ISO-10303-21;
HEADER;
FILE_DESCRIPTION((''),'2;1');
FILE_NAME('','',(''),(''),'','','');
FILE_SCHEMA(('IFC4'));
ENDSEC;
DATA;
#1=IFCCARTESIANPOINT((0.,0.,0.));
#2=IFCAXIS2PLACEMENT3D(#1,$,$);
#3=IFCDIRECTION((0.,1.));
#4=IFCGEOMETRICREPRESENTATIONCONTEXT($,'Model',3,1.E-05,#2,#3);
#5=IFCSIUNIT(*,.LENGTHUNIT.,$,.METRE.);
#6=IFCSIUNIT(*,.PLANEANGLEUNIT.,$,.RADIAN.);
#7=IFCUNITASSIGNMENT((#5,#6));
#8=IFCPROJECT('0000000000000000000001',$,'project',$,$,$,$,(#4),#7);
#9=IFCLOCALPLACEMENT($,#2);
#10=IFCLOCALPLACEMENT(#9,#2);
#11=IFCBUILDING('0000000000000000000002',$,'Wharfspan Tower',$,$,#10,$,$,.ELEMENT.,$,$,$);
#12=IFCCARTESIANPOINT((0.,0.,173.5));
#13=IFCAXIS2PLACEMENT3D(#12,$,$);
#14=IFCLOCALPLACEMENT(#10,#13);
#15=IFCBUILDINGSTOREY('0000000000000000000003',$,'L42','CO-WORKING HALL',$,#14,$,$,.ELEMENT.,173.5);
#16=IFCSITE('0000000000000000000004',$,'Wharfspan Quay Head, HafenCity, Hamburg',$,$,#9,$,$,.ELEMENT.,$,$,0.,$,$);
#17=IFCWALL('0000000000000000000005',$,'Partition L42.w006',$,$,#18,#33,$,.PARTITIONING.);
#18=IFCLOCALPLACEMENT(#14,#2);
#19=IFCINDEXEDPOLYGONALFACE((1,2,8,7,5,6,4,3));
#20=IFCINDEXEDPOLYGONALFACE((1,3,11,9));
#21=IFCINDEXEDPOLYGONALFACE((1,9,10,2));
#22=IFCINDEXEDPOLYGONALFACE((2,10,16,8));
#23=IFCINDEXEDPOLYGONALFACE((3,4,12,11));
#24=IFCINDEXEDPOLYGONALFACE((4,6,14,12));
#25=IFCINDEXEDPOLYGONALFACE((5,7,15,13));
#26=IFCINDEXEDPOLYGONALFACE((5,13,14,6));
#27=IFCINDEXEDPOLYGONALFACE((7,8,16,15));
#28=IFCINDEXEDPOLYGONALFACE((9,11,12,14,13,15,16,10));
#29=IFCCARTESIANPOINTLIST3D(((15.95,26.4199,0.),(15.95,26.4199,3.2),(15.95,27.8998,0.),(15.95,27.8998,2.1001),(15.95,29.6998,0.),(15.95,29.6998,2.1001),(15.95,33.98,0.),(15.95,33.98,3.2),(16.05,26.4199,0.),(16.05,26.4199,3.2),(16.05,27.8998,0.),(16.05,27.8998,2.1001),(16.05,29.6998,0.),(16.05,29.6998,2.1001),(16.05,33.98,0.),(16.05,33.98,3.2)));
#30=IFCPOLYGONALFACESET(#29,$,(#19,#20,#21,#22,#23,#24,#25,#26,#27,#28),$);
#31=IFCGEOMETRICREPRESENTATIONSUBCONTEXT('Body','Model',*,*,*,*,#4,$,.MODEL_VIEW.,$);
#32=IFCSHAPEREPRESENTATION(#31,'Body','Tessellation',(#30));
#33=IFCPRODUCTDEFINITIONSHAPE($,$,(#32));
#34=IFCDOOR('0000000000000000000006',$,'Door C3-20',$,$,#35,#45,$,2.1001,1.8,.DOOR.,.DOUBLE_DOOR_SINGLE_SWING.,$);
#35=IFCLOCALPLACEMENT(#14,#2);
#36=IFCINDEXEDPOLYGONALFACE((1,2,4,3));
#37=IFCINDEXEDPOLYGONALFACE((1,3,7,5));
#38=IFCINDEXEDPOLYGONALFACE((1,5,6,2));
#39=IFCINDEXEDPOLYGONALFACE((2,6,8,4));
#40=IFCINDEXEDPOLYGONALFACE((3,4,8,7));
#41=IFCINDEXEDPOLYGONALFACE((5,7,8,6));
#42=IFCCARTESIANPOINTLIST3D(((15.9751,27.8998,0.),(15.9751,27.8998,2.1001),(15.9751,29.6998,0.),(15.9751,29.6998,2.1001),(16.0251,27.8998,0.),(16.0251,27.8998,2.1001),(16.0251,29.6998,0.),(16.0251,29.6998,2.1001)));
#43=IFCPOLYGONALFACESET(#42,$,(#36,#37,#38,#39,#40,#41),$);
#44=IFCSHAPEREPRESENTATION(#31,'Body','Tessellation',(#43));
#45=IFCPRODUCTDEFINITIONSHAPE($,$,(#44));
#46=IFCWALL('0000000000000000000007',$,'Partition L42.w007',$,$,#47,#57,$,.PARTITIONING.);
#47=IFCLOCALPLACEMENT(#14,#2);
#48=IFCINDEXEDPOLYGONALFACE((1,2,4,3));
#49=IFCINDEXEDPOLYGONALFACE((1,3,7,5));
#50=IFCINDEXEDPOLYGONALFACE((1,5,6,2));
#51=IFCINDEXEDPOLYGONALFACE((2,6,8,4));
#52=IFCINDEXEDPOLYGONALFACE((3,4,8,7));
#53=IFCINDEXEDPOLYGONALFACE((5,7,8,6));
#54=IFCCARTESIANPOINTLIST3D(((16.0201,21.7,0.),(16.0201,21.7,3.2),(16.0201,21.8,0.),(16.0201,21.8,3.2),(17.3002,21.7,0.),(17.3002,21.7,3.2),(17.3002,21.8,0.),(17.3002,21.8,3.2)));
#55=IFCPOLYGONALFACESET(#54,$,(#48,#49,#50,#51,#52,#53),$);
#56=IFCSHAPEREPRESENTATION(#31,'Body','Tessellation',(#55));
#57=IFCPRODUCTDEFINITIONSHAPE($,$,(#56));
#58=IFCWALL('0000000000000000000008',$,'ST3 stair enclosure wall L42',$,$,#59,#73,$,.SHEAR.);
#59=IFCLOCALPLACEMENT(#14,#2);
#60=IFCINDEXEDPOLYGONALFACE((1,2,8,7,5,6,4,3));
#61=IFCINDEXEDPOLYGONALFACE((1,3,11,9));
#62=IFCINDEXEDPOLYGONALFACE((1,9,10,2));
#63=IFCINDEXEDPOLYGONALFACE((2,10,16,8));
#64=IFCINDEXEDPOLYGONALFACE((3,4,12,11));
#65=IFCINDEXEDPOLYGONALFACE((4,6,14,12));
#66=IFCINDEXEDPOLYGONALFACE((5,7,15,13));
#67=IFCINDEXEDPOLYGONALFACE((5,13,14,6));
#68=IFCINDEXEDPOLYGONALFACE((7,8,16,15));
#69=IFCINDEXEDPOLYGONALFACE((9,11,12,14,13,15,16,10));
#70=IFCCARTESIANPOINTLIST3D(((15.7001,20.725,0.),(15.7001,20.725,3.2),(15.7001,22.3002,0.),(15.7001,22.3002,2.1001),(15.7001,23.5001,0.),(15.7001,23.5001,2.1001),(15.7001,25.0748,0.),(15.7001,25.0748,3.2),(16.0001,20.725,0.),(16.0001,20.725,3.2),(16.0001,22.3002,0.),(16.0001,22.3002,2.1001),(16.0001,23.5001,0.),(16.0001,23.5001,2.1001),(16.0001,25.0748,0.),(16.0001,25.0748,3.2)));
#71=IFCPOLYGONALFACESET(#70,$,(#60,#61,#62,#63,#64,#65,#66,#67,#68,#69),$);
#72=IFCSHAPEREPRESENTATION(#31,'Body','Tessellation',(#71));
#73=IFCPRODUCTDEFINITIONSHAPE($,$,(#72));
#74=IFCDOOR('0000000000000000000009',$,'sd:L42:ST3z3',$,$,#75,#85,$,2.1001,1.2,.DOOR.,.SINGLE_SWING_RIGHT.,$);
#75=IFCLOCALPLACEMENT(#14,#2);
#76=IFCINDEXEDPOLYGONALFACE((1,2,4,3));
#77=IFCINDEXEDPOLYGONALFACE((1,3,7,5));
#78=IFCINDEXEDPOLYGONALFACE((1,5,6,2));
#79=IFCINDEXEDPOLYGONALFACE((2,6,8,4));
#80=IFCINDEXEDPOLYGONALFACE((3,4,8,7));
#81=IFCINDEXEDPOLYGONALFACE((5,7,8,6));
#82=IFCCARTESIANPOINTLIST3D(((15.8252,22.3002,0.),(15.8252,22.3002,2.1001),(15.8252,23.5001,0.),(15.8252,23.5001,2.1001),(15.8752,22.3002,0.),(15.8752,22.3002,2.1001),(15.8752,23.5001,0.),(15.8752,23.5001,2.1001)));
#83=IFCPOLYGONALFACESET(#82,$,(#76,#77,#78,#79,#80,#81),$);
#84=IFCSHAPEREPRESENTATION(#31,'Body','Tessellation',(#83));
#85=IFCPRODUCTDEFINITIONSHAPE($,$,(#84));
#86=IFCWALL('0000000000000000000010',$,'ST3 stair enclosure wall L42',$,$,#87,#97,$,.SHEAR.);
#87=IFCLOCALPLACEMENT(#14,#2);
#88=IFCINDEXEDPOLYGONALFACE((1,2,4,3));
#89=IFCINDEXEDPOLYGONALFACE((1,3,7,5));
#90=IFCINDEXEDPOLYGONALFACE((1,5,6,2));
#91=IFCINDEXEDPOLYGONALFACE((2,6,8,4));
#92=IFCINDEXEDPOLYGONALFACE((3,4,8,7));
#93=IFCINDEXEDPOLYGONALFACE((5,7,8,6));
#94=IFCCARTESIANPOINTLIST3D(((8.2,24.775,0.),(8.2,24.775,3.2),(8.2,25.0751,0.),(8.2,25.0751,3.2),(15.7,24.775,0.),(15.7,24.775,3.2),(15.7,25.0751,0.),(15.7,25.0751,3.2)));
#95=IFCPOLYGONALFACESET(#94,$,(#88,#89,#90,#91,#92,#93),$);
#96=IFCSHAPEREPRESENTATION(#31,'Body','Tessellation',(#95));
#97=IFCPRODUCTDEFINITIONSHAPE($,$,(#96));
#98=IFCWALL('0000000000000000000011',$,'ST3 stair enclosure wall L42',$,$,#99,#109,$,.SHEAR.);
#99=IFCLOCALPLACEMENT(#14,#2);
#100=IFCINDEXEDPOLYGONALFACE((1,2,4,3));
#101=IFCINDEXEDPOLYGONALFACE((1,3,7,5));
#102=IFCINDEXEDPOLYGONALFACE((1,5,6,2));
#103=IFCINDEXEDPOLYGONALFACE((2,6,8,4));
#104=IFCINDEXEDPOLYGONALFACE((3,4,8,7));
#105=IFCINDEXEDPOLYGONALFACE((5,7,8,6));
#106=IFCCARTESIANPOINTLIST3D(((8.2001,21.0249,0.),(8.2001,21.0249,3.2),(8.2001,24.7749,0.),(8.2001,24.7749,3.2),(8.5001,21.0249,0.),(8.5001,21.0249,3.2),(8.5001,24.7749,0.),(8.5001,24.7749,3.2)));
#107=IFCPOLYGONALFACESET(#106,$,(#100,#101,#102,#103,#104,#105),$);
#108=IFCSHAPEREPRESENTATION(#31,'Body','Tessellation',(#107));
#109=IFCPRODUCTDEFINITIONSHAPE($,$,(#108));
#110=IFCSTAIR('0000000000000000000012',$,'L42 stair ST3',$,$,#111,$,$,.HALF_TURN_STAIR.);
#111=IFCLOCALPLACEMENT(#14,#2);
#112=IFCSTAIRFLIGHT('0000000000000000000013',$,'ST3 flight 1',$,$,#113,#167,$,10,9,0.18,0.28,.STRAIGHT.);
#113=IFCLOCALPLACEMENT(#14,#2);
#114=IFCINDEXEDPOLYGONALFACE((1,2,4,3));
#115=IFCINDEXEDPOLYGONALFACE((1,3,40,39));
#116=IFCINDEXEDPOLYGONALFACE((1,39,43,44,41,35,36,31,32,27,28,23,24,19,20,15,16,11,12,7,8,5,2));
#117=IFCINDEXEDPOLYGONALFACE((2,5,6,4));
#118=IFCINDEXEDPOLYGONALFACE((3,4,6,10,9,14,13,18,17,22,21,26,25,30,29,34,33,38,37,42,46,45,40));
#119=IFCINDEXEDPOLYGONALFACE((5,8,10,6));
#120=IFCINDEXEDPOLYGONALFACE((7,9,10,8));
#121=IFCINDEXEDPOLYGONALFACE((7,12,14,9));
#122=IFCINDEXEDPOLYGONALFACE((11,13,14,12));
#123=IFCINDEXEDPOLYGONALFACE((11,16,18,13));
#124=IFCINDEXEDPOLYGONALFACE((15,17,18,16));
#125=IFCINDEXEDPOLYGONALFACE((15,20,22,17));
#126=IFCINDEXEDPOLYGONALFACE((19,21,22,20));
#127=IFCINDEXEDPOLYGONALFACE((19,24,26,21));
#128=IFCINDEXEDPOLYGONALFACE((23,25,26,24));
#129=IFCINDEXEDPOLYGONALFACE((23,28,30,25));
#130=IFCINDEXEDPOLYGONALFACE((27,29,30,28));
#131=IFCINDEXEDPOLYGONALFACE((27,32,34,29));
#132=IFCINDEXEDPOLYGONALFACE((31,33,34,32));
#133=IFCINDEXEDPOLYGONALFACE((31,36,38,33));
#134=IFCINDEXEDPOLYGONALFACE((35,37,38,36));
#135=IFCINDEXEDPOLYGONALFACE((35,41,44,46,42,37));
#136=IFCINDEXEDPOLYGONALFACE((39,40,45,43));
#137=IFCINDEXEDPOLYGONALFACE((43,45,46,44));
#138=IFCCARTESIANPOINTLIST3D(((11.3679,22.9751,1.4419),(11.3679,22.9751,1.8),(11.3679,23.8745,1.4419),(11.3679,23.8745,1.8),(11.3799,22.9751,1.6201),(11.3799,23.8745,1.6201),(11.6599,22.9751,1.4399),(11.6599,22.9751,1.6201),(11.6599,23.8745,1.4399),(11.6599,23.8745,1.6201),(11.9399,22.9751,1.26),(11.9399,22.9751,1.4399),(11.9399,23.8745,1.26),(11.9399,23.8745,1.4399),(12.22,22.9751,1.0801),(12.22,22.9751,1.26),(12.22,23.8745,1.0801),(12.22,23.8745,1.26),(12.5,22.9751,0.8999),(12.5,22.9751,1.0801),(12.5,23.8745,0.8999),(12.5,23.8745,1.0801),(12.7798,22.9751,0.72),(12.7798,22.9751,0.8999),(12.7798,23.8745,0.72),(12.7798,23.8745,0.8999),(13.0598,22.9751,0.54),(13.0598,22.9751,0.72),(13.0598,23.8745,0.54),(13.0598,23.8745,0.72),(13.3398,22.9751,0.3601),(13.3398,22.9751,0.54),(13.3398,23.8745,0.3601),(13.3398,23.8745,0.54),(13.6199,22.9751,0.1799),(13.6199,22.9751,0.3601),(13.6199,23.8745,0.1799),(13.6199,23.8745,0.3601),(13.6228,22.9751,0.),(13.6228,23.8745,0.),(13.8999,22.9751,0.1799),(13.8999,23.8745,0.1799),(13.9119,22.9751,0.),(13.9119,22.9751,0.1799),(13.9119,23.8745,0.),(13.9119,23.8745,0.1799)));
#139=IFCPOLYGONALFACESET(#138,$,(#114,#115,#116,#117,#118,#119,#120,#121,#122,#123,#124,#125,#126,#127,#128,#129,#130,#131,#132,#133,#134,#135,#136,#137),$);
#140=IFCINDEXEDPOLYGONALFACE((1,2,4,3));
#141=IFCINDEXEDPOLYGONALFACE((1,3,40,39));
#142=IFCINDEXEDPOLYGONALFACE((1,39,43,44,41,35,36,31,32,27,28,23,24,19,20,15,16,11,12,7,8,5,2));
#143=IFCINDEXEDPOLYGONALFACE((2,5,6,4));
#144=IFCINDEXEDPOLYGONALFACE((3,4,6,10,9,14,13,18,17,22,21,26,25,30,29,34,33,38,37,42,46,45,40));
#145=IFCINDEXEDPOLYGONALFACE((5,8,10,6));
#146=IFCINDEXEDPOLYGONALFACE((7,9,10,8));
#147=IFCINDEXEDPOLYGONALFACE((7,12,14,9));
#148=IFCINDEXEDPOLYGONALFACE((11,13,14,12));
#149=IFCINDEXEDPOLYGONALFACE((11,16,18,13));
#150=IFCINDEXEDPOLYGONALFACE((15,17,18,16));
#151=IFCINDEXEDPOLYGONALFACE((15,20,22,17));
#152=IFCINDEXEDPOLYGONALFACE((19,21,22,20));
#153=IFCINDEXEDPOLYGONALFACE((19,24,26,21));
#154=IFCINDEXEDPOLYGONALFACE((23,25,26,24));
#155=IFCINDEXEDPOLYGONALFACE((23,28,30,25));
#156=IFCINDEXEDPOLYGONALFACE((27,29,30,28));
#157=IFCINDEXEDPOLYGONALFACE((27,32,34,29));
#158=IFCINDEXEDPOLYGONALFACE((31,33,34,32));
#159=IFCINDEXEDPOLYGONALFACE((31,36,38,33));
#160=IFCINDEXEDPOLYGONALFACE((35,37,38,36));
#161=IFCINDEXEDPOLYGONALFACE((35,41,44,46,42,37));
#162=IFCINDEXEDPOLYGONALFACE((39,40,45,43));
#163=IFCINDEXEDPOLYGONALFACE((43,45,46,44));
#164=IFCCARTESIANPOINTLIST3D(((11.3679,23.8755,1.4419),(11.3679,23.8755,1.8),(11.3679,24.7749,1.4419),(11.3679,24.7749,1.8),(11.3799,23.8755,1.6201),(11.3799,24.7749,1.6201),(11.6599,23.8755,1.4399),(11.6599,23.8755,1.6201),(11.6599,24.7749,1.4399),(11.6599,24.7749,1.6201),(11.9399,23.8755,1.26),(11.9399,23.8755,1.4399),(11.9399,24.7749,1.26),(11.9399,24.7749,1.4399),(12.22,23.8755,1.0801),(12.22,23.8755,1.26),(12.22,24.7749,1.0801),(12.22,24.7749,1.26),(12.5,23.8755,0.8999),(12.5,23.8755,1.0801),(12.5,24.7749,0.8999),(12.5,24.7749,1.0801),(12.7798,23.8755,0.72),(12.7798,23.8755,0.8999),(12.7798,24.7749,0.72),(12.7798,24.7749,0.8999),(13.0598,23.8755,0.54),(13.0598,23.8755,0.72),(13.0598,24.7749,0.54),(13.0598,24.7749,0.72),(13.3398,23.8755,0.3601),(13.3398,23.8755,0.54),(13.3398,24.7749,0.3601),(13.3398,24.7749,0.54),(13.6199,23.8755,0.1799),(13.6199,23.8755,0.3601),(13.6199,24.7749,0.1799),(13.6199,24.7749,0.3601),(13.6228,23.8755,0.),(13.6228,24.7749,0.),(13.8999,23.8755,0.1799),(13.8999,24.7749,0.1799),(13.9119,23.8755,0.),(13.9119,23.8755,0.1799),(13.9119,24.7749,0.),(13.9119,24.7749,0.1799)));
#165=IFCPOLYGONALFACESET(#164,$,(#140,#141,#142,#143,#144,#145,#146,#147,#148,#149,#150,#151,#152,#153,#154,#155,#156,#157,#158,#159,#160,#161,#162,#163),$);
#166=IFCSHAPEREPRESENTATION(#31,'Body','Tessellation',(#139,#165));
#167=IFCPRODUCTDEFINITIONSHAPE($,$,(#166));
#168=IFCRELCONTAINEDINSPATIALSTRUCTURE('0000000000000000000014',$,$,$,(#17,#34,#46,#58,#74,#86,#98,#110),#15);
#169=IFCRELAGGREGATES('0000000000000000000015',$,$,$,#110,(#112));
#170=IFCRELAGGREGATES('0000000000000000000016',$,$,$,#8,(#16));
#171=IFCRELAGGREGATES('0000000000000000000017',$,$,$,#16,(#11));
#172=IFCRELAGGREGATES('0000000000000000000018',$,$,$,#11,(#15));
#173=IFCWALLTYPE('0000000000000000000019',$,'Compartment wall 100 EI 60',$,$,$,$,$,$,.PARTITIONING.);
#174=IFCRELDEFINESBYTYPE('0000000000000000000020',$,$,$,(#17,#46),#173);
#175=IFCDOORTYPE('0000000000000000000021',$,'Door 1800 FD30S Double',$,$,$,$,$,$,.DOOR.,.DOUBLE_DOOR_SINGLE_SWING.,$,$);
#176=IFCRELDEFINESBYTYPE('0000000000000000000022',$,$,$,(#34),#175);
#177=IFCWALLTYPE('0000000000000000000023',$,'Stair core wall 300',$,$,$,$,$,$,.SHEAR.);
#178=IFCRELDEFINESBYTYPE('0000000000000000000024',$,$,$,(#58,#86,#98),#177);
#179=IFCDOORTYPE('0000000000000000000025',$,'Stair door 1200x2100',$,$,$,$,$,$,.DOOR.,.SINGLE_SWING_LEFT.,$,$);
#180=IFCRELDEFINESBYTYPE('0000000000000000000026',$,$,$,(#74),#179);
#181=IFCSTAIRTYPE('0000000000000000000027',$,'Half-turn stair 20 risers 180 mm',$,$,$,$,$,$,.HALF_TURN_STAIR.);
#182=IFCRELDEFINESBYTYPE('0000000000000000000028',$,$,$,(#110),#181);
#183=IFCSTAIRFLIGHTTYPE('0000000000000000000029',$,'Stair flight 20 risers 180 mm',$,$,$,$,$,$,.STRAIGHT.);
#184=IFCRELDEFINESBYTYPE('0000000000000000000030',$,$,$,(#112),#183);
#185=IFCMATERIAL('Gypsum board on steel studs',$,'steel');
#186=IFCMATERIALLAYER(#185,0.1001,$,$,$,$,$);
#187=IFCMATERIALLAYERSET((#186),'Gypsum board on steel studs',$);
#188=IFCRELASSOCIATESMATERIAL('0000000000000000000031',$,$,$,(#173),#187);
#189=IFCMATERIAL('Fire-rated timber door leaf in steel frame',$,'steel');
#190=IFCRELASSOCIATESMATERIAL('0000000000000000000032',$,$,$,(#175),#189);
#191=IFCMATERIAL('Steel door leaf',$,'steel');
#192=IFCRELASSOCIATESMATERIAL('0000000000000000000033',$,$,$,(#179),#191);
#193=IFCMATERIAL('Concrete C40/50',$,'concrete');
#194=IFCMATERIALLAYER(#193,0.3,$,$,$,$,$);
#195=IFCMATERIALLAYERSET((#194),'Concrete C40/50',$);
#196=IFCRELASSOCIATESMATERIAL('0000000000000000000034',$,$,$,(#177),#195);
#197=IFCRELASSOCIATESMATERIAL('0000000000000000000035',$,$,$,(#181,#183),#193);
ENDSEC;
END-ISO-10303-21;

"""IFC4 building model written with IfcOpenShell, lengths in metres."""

from ifc_helpers import new_model, si_unit, direction, frame, frame_2d, origin, place, context, subcontext, project, spatial, polyline, rectangle, outline, extrude, material, layer, layer_set, type_object, element, fill, aggregate, save


model = new_model("IFC4")

# Units and contexts
model_context = context("Model", 3, precision=1e-05, world=origin(), true_north=direction((0.0, 1.0)))
body_context = subcontext(model_context, "Body", "Model", "MODEL_VIEW")
ifc_project = project(units=[si_unit("LENGTHUNIT", "METRE"), si_unit("PLANEANGLEUNIT", "RADIAN")], contexts=[model_context])

# Site, building, storey
site_placement = place(None, origin())
site = spatial("IfcSite", under=ifc_project, at=site_placement, Name="Wharfspan Quay Head, HafenCity, Hamburg", CompositionType="ELEMENT", RefElevation=0.0)
building_placement = place(site_placement, origin())
building = spatial("IfcBuilding", under=site, at=building_placement, Name="Wharfspan Tower", CompositionType="ELEMENT")
storey_placement = place(building_placement, frame((0.0, 0.0, 173.5)))
storey = spatial("IfcBuildingStorey", under=building, at=storey_placement, Name="L42", Description="CO-WORKING HALL", CompositionType="ELEMENT", Elevation=173.5)

# Wall, opening, door
ifc_material_1 = material(Name="Gypsum board on steel studs", Category="steel")
ifc_layer_1 = layer(ifc_material_1, 0.1001)
ifc_layer_set_1 = layer_set([ifc_layer_1], Name="Gypsum board on steel studs")
wall_type_1 = type_object("IfcWallType", Name="Compartment wall 100 EI 60", PredefinedType="PARTITIONING", material=ifc_layer_set_1)
wall_1_placement = place(storey_placement, frame((16.0, 26.4199, 0.0), z_axis=(0.0, 0.0, 1.0), x_axis=(0.0, 1.0, 0.0)))
wall_1 = element("IfcWall", 1, at=wall_1_placement, inside=storey, type_object=wall_type_1, Name="Partition L42.w006", PredefinedType="PARTITIONING", context=body_context, shape_type="SweptSolid", body=[
    extrude(rectangle(XDim=7.5601, YDim=0.1001, at=frame_2d((3.78, 0.0))), origin(), (0.0, 0.0, 1.0), 3.2),
])
opening_1_placement = place(wall_1_placement, frame((1.48, 0.0, 0.0)))
opening_1 = element("IfcOpeningElement", 2, at=opening_1_placement, cuts=wall_1, PredefinedType="OPENING", context=body_context, shape_type="SweptSolid", body=[
    extrude(rectangle(XDim=1.8, YDim=2.1001, at=frame_2d((0.8999, 1.05))), frame((0.0, 0.0601, 0.0), z_axis=(0.0, -1.0, 0.0), x_axis=(1.0, 0.0, 0.0)), (0.0, 0.0, 1.0), 0.1201),
])
ifc_material_2 = material(Name="Fire-rated timber door leaf in steel frame", Category="steel")
door_type_1 = type_object("IfcDoorType", Name="Door 1800 FD30S Double", OperationType="DOUBLE_DOOR_SINGLE_SWING", PredefinedType="DOOR", material=ifc_material_2)
door_1_placement = place(opening_1_placement, origin())
door_1 = element("IfcDoor", 3, at=door_1_placement, inside=storey, type_object=door_type_1, Name="Door C3-20", OperationType="DOUBLE_DOOR_SINGLE_SWING", OverallHeight=2.1001, OverallWidth=1.8, PredefinedType="DOOR", context=body_context, shape_type="SweptSolid", body=[
    extrude(rectangle(XDim=1.8, YDim=2.1001, at=frame_2d((0.8999, 1.05))), frame((0.0, 0.0249, 0.0), z_axis=(0.0, -1.0, 0.0), x_axis=(1.0, 0.0, 0.0)), (0.0, 0.0, 1.0), 0.05),
])
fill(opening_1, door_1)

# Wall
wall_2_placement = place(storey_placement, frame((16.02, 21.75, 0.0), z_axis=(0.0, 0.0, 1.0), x_axis=(1.0, 0.0, 0.0)))
element("IfcWall", 4, at=wall_2_placement, inside=storey, type_object=wall_type_1, Name="Partition L42.w007", PredefinedType="PARTITIONING", context=body_context, shape_type="SweptSolid", body=[
    extrude(rectangle(XDim=1.28, YDim=0.1001, at=frame_2d((0.6401, 0.0))), origin(), (0.0, 0.0, 1.0), 3.2),
])

# Shared definitions
ifc_material_3 = material(Name="Steel door leaf", Category="steel")
door_type_2 = type_object("IfcDoorType", Name="Stair door 1200x2100", OperationType="SINGLE_SWING_LEFT", PredefinedType="DOOR", material=ifc_material_3)

# Wall, opening, door
ifc_material_4 = material(Name="Concrete C40/50", Category="concrete")
ifc_layer_2 = layer(ifc_material_4, 0.3)
ifc_layer_set_2 = layer_set([ifc_layer_2], Name="Concrete C40/50")
wall_type_2 = type_object("IfcWallType", Name="Stair core wall 300", PredefinedType="SHEAR", material=ifc_layer_set_2)
wall_3_placement = place(storey_placement, frame((15.8501, 20.7251, 0.0), z_axis=(0.0, 0.0, 1.0), x_axis=(0.0, 1.0, 0.0)))
wall_3 = element("IfcWall", 5, at=wall_3_placement, inside=storey, type_object=wall_type_2, Name="ST3 stair enclosure wall L42", PredefinedType="SHEAR", context=body_context, shape_type="SweptSolid", body=[
    extrude(rectangle(XDim=4.3499, YDim=0.3, at=frame_2d((2.1748, 0.0))), origin(), (0.0, 0.0, 1.0), 3.2),
])
opening_2_placement = place(wall_3_placement, frame((1.575, 0.0, 0.0)))
opening_2 = element("IfcOpeningElement", 6, at=opening_2_placement, cuts=wall_3, PredefinedType="OPENING", context=body_context, shape_type="SweptSolid", body=[
    extrude(rectangle(XDim=1.2, YDim=2.1001, at=frame_2d((0.6001, 1.05))), frame((0.0, 0.1599, 0.0), z_axis=(0.0, -1.0, 0.0), x_axis=(1.0, 0.0, 0.0)), (0.0, 0.0, 1.0), 0.3201),
])
door_2_placement = place(opening_2_placement, origin())
door_2 = element("IfcDoor", 7, at=door_2_placement, inside=storey, type_object=door_type_2, Name="sd:L42:ST3z3", OperationType="SINGLE_SWING_RIGHT", OverallHeight=2.1001, OverallWidth=1.2, PredefinedType="DOOR", context=body_context, shape_type="SweptSolid", body=[
    extrude(rectangle(XDim=1.2, YDim=2.1001, at=frame_2d((0.6001, 1.05))), frame((0.0, 0.0249, 0.0), z_axis=(0.0, -1.0, 0.0), x_axis=(1.0, 0.0, 0.0)), (0.0, 0.0, 1.0), 0.05),
])
fill(opening_2, door_2)

# Walls
wall_4_placement = place(storey_placement, frame((8.2, 24.925, 0.0), z_axis=(0.0, 0.0, 1.0), x_axis=(1.0, 0.0, 0.0)))
element("IfcWall", 8, at=wall_4_placement, inside=storey, type_object=wall_type_2, Name="ST3 stair enclosure wall L42", PredefinedType="SHEAR", context=body_context, shape_type="SweptSolid", body=[
    extrude(rectangle(XDim=7.5, YDim=0.3, at=frame_2d((3.75, 0.0))), origin(), (0.0, 0.0, 1.0), 3.2),
])
wall_5_placement = place(storey_placement, frame((8.3501, 21.0249, 0.0), z_axis=(0.0, 0.0, 1.0), x_axis=(0.0, 1.0, 0.0)))
element("IfcWall", 9, at=wall_5_placement, inside=storey, type_object=wall_type_2, Name="ST3 stair enclosure wall L42", PredefinedType="SHEAR", context=body_context, shape_type="SweptSolid", body=[
    extrude(rectangle(XDim=3.75, YDim=0.3, at=frame_2d((1.875, 0.0))), origin(), (0.0, 0.0, 1.0), 3.2),
])

# Stair, stair flight
stair_type = type_object("IfcStairType", Name="Half-turn stair 20 risers 180 mm", PredefinedType="HALF_TURN_STAIR", material=ifc_material_4)
stair_placement = place(storey_placement, origin())
stair = element("IfcStair", 10, at=stair_placement, inside=storey, type_object=stair_type, Name="L42 stair ST3", PredefinedType="HALF_TURN_STAIR")
stair_flight_type = type_object("IfcStairFlightType", Name="Stair flight 20 risers 180 mm", PredefinedType="STRAIGHT", material=ifc_material_4)
stair_flight_1_placement = place(storey_placement, frame((13.8999, 23.875, 0.0), z_axis=(0.0, 0.0, 1.0), x_axis=(-1.0, 0.0, 0.0)))
stair_flight_1 = element("IfcStairFlight", 11, at=stair_flight_1_placement, type_object=stair_flight_type, Name="ST3 flight 1", NumberOfRisers=10, NumberOfTreads=9, PredefinedType="STRAIGHT", RiserHeight=0.18, TreadLength=0.28, context=body_context, shape_type="SweptSolid", body=[
    extrude(outline(polyline([(-0.012, 0.0), (-0.012, 0.1799), (0.0, 0.1799), (0.28, 0.1799), (0.28, 0.3601), (0.5601, 0.3601), (0.5601, 0.54), (0.8401, 0.54), (0.8401, 0.72), (1.1201, 0.72), (1.1201, 0.8999), (1.3999, 0.8999), (1.3999, 1.0801), (1.6799, 1.0801), (1.6799, 1.26), (1.96, 1.26), (1.96, 1.4399), (2.24, 1.4399), (2.24, 1.6201), (2.52, 1.6201), (2.532, 1.8), (2.532, 1.4419), (0.2771, 0.0), (-0.012, 0.0)])), frame((0.0, 0.8999, 0.0), z_axis=(0.0, -1.0, 0.0), x_axis=(1.0, 0.0, 0.0)), (0.0, 0.0, 1.0), 0.8994),
    extrude(outline(polyline([(-0.012, 0.0), (-0.012, 0.1799), (0.0, 0.1799), (0.28, 0.1799), (0.28, 0.3601), (0.5601, 0.3601), (0.5601, 0.54), (0.8401, 0.54), (0.8401, 0.72), (1.1201, 0.72), (1.1201, 0.8999), (1.3999, 0.8999), (1.3999, 1.0801), (1.6799, 1.0801), (1.6799, 1.26), (1.96, 1.26), (1.96, 1.4399), (2.24, 1.4399), (2.24, 1.6201), (2.52, 1.6201), (2.532, 1.8), (2.532, 1.4419), (0.2771, 0.0), (-0.012, 0.0)])), frame((0.0, -0.0005, 0.0), z_axis=(0.0, -1.0, 0.0), x_axis=(1.0, 0.0, 0.0)), (0.0, 0.0, 1.0), 0.8994),
])
aggregate(stair, [stair_flight_1])

save(model, "model.ifc")
